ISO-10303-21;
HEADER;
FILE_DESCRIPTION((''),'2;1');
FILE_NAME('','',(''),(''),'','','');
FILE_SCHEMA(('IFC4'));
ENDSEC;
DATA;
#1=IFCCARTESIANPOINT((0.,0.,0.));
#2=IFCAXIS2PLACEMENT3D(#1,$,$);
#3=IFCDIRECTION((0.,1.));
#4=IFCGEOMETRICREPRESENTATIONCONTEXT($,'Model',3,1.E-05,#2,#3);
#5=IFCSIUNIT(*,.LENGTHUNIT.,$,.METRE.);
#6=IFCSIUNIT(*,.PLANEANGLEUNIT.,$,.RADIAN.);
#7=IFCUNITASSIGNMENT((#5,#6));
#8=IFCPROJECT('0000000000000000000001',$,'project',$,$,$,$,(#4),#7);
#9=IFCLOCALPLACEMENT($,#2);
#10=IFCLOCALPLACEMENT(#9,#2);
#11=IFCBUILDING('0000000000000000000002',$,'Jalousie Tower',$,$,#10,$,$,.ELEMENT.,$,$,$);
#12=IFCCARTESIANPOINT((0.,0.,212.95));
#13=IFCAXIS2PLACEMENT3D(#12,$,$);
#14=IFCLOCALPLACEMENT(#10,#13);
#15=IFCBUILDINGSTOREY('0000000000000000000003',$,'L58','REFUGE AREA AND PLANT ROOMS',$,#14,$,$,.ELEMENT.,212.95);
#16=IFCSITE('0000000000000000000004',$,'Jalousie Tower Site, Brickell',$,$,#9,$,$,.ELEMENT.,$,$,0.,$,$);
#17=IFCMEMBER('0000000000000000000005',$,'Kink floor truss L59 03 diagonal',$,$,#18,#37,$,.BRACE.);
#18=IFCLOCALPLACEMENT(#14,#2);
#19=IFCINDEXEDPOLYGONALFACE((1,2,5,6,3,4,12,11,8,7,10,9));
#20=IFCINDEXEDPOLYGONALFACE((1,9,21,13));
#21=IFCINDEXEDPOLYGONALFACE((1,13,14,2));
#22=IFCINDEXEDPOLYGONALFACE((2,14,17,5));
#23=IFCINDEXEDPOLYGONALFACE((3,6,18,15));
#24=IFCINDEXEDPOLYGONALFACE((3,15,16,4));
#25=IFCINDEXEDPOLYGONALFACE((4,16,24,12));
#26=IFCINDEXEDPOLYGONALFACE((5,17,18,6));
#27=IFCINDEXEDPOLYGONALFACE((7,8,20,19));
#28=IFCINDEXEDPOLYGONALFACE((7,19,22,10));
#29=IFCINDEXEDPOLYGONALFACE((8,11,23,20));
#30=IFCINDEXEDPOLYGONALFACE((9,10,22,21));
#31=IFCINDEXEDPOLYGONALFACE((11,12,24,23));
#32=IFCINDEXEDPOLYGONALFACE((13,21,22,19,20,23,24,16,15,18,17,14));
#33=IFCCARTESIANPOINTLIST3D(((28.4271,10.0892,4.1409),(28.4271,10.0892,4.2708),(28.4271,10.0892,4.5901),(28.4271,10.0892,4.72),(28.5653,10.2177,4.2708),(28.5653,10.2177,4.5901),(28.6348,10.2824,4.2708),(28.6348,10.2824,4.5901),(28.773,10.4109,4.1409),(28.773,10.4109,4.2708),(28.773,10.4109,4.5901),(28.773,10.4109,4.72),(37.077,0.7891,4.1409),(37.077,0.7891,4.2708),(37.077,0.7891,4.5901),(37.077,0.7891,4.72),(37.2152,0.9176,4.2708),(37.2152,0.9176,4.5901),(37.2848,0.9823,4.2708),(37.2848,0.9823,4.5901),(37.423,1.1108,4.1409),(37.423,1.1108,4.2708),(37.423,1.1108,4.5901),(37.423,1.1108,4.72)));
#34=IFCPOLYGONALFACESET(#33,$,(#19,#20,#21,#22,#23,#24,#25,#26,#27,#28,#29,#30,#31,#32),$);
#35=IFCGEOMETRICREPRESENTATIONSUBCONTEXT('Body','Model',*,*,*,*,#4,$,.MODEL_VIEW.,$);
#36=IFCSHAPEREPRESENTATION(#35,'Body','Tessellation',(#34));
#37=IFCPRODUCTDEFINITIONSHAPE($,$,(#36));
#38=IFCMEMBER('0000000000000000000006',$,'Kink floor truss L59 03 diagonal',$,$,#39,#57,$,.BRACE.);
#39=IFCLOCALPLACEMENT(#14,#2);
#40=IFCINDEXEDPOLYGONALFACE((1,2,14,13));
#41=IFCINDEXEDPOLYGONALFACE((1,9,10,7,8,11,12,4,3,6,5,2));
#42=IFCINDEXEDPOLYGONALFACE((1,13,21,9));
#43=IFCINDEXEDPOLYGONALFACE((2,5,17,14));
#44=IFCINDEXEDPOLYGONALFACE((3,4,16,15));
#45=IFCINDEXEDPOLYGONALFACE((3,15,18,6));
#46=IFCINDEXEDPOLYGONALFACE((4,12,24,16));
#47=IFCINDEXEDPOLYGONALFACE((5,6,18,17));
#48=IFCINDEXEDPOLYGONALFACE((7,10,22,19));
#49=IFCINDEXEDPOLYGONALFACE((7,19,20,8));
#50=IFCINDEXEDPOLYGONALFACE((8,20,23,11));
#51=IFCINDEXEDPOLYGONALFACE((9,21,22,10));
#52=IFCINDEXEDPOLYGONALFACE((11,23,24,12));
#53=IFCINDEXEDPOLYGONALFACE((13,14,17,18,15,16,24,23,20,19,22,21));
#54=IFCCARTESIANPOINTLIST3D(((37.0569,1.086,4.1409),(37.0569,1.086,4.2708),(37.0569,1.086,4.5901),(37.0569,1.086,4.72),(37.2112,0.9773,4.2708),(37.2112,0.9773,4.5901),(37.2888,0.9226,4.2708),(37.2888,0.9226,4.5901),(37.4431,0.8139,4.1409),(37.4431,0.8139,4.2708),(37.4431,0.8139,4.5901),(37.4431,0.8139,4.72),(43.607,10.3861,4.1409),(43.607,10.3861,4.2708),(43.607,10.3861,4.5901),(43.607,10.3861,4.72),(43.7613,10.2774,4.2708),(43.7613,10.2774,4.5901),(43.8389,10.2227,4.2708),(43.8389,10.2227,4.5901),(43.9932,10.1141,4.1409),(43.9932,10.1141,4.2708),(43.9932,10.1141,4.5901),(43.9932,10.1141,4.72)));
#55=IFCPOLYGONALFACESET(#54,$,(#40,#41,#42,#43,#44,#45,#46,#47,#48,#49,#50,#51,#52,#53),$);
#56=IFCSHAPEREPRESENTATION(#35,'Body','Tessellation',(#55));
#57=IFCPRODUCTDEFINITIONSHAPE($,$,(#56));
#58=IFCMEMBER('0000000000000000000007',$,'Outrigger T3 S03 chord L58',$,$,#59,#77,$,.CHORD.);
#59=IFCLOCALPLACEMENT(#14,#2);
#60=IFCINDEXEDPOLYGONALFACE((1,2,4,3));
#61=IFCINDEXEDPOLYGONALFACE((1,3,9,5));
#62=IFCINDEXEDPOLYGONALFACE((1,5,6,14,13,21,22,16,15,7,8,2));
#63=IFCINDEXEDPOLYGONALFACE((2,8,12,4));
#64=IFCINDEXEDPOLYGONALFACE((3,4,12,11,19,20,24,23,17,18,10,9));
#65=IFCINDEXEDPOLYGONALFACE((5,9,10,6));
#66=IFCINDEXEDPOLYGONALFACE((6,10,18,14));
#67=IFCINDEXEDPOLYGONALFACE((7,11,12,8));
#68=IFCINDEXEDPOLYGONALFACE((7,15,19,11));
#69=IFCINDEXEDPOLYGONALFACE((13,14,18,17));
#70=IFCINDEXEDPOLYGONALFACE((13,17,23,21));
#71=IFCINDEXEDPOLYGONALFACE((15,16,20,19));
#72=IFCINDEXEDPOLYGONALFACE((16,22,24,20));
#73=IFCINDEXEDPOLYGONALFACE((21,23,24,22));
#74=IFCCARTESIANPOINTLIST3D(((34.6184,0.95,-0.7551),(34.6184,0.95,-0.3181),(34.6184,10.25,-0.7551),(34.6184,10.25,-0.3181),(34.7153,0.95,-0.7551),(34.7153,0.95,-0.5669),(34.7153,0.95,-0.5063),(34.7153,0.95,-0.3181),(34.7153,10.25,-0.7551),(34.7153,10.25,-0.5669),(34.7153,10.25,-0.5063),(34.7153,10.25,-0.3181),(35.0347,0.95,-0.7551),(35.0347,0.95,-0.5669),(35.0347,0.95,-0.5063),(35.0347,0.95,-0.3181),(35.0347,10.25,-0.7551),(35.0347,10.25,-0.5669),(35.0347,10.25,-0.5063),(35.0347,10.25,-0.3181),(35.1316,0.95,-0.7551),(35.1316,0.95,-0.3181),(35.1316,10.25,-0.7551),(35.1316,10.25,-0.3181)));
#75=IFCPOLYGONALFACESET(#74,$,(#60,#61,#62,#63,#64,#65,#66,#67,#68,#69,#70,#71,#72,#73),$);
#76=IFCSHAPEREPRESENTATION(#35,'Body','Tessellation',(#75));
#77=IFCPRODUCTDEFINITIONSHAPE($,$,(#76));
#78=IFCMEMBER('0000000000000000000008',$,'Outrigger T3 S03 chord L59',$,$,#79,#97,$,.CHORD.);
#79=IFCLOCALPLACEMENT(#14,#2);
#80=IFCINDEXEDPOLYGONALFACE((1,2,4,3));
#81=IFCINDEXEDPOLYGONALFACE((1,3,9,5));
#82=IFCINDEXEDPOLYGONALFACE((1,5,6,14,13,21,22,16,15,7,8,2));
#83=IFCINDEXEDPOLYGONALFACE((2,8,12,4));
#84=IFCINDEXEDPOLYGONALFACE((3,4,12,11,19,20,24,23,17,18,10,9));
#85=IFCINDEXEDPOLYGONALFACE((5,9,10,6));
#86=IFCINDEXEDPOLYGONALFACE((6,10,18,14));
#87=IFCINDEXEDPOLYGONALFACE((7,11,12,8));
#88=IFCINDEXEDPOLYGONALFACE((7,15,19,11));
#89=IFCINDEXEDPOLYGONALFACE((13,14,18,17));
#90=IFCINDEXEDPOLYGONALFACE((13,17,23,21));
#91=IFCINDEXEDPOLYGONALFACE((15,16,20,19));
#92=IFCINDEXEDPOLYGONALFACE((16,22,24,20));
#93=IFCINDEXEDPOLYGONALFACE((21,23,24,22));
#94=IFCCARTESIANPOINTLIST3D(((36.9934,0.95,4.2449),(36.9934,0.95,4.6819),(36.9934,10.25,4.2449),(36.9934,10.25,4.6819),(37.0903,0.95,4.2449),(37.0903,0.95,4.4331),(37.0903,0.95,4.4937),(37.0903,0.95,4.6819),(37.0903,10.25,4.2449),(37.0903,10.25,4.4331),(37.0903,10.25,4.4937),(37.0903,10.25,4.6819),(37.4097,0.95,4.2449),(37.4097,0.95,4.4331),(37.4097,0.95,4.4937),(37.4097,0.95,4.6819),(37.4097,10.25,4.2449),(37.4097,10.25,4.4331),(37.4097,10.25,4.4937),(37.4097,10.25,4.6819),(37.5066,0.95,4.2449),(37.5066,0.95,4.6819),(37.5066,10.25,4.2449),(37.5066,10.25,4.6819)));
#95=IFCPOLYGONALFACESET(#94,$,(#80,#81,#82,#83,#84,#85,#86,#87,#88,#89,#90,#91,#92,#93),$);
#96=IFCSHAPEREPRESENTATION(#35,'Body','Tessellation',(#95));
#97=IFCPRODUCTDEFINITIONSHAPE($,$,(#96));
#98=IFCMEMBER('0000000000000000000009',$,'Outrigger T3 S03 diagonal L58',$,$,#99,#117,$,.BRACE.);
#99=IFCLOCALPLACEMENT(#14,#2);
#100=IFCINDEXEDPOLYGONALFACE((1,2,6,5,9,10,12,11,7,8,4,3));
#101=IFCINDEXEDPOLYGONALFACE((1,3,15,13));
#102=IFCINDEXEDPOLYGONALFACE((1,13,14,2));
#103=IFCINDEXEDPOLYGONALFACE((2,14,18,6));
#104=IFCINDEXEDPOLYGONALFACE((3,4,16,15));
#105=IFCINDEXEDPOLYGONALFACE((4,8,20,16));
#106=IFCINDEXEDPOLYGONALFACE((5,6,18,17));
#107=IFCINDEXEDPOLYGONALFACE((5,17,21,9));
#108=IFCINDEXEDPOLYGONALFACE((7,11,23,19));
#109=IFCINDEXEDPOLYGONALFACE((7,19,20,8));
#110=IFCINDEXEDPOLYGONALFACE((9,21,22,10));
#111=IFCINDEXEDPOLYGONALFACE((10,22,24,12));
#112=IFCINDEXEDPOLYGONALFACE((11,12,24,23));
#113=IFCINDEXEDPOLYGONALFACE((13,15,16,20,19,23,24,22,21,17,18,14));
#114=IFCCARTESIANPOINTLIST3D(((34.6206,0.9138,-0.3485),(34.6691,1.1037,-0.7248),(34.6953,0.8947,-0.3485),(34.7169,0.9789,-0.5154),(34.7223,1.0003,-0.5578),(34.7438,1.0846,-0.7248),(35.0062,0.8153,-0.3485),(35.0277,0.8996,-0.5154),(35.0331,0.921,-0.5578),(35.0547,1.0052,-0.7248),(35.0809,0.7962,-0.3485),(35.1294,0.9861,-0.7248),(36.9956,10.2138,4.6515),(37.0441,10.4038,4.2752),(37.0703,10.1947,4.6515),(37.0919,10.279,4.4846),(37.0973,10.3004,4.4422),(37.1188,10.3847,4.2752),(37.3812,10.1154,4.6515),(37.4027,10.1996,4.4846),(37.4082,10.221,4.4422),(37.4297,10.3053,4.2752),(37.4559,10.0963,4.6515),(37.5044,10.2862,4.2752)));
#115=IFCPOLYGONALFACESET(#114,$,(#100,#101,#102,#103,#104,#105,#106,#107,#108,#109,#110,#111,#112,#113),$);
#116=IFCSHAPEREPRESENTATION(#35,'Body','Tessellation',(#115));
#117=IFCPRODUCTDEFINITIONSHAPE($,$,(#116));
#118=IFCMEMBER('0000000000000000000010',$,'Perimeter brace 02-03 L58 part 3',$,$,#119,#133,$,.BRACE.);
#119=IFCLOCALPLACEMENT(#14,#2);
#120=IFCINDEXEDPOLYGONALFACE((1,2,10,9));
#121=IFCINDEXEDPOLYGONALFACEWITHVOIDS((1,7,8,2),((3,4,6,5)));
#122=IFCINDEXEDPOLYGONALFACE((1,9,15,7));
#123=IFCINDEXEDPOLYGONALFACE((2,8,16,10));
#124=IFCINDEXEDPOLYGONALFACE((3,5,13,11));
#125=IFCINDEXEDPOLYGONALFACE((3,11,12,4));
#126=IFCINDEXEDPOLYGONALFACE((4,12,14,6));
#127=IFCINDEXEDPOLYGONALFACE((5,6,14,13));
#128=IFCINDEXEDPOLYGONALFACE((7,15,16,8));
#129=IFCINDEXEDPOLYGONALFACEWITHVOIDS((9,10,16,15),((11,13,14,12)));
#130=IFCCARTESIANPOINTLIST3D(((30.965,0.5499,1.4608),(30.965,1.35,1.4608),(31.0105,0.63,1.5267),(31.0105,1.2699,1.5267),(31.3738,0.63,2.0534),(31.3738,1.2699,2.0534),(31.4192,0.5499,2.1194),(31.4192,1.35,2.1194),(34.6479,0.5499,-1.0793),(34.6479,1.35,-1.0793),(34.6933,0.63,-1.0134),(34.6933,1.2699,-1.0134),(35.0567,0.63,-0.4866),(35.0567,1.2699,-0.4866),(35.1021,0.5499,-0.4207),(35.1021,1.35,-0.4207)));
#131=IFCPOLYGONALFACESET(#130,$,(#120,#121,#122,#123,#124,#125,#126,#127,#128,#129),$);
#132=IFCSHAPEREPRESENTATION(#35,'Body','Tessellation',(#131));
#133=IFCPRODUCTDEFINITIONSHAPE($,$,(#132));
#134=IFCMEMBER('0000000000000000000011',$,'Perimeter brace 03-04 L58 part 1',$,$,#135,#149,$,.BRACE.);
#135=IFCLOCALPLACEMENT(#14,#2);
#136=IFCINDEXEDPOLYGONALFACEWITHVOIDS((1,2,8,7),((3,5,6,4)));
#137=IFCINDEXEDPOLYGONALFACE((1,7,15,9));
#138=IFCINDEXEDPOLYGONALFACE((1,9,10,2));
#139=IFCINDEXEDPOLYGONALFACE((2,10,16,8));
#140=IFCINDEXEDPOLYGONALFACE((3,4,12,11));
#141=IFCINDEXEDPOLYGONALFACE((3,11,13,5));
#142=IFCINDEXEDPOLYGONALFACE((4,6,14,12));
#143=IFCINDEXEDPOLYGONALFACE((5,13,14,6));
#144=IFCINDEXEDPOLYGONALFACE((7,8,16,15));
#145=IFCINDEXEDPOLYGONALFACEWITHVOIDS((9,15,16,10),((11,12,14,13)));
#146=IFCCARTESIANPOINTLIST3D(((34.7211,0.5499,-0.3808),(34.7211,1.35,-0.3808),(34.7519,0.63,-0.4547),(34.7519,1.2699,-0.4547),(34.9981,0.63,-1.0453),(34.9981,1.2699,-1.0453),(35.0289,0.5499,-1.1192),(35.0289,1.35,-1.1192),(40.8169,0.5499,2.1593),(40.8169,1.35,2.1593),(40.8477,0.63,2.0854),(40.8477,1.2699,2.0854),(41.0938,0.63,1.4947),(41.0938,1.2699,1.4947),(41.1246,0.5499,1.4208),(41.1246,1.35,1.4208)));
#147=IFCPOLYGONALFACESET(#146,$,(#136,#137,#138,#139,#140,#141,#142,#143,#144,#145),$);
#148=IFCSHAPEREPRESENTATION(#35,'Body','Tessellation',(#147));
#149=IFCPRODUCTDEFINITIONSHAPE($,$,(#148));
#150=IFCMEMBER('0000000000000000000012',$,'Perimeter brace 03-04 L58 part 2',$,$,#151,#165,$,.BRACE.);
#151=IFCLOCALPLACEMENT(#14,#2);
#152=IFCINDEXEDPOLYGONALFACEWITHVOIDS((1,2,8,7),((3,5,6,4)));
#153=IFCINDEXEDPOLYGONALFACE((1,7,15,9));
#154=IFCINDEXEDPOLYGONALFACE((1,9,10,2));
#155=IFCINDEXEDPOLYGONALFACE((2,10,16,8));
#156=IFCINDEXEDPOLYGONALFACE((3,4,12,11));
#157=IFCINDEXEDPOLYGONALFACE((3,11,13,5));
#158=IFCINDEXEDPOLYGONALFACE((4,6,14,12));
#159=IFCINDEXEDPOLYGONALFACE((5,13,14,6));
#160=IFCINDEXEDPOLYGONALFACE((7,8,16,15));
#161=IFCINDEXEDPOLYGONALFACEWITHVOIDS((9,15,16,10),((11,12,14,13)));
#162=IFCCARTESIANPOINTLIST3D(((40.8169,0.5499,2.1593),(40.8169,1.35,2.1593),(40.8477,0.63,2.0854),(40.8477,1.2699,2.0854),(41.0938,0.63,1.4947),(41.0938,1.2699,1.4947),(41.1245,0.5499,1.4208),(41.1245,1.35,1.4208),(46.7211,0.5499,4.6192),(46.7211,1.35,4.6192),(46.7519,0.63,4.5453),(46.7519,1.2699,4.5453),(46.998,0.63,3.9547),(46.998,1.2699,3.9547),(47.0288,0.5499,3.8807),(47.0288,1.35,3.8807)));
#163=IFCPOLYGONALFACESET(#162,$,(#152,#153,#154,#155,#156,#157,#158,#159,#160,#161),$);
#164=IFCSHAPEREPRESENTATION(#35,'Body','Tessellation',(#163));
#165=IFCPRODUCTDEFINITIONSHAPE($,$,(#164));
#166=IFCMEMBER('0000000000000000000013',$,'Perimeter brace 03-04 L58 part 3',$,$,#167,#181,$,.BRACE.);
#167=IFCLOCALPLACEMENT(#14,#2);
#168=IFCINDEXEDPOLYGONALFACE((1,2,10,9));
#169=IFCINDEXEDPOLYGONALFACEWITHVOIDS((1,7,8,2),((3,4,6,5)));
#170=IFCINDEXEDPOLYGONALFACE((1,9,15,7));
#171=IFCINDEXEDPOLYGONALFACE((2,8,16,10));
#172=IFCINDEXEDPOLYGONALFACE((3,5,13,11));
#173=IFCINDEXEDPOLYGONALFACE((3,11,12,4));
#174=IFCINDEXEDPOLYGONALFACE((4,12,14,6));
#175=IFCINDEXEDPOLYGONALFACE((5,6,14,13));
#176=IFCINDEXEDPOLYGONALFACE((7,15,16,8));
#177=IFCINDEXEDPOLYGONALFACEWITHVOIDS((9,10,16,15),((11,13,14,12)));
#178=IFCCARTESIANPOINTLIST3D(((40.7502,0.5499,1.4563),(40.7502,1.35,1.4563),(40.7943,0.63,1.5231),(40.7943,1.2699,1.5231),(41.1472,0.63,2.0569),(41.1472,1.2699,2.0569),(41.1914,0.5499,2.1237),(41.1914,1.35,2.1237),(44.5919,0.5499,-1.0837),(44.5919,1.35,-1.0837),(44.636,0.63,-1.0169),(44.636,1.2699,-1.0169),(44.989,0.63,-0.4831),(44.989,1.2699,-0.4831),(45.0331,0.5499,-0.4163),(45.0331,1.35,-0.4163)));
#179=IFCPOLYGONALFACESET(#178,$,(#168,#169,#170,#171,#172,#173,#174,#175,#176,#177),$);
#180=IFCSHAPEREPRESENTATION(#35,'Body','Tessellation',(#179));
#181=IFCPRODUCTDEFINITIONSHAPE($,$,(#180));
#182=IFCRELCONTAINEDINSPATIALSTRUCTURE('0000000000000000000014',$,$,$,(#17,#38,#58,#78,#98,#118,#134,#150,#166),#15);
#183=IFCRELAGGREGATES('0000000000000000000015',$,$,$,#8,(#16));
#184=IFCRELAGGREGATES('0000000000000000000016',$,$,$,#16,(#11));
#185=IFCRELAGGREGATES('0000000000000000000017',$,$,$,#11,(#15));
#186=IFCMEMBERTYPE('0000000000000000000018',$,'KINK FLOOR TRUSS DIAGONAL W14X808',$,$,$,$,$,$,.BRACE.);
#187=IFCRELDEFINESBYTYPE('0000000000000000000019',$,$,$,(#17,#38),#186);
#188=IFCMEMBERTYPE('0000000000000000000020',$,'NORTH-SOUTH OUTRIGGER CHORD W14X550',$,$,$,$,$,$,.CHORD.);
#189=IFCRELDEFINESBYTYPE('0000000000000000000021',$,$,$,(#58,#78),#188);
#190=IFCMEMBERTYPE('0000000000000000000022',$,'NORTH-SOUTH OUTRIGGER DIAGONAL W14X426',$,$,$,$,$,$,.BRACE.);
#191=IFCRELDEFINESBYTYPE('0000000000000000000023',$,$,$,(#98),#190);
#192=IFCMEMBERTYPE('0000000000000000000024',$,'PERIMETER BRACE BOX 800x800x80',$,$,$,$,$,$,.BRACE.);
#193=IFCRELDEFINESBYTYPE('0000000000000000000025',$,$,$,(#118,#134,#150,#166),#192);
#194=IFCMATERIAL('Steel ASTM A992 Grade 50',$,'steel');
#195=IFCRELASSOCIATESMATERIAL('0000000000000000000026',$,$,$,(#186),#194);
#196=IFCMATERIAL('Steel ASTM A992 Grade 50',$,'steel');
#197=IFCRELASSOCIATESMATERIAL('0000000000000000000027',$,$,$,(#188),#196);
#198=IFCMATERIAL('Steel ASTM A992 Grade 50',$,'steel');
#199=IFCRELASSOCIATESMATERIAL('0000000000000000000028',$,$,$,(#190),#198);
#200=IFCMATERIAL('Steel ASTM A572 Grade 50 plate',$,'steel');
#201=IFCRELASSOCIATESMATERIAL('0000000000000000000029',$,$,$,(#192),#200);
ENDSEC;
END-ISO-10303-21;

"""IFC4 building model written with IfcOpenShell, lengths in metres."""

from ifc_helpers import new_model, si_unit, direction, frame, origin, origin_2d, place, context, subcontext, project, spatial, hollow_rectangle, i_section, extrude, material, material_profile, profile_set, type_object, element, save


model = new_model("IFC4")

# Units and contexts
model_context = context("Model", 3, precision=1e-05, world=origin(), true_north=direction((0.0, 1.0)))
body_context = subcontext(model_context, "Body", "Model", "MODEL_VIEW")
ifc_project = project(units=[si_unit("LENGTHUNIT", "METRE"), si_unit("PLANEANGLEUNIT", "RADIAN")], contexts=[model_context])

# Site, building, storey
site_placement = place(None, origin())
site = spatial("IfcSite", under=ifc_project, at=site_placement, Name="Jalousie Tower Site, Brickell", CompositionType="ELEMENT", RefElevation=0.0)
building_placement = place(site_placement, origin())
building = spatial("IfcBuilding", under=site, at=building_placement, Name="Jalousie Tower", CompositionType="ELEMENT")
storey_placement = place(building_placement, frame((0.0, 0.0, 212.95)))
storey = spatial("IfcBuildingStorey", under=building, at=storey_placement, Name="L58", Description="REFUGE AREA AND PLANT ROOMS", CompositionType="ELEMENT", Elevation=212.95)

# Members
ifc_material_1 = material(Name="Steel ASTM A992 Grade 50", Category="steel")
ifc_material_profile_1 = material_profile(ifc_material_1, i_section(OverallWidth=0.4724, OverallDepth=0.5791, WebThickness=0.095, FlangeThickness=0.1299, at=origin_2d()), Name="W14X808")
ifc_profile_set_1 = profile_set([ifc_material_profile_1], Name="Steel ASTM A992 Grade 50")
member_type_1 = type_object("IfcMemberType", Name="KINK FLOOR TRUSS DIAGONAL W14X808", PredefinedType="BRACE", material=ifc_profile_set_1)
member_1_placement = place(storey_placement, frame((37.25, 0.95, 4.4304), z_axis=(-0.681049, 0.732238, 0.0), x_axis=(-0.732238, -0.681049, 0.0)))
element("IfcMember", 1, at=member_1_placement, inside=storey, type_object=member_type_1, Name="Kink floor truss L59 03 diagonal", PredefinedType="BRACE", context=body_context, shape_type="SweptSolid", body=[
    extrude(i_section(OverallWidth=0.4724, OverallDepth=0.5791, WebThickness=0.095, FlangeThickness=0.1299, at=origin_2d()), origin(), (0.0, 0.0, 1.0), 12.7009),
])
member_2_placement = place(storey_placement, frame((37.25, 0.95, 4.4304), z_axis=(0.575821, 0.817576, 0.0), x_axis=(-0.817576, 0.575821, 0.0)))
element("IfcMember", 2, at=member_2_placement, inside=storey, type_object=member_type_1, Name="Kink floor truss L59 03 diagonal", PredefinedType="BRACE", context=body_context, shape_type="SweptSolid", body=[
    extrude(i_section(OverallWidth=0.4724, OverallDepth=0.5791, WebThickness=0.095, FlangeThickness=0.1299, at=origin_2d()), origin(), (0.0, 0.0, 1.0), 11.3752),
])
ifc_material_2 = material(Name="Steel ASTM A992 Grade 50", Category="steel")
ifc_material_profile_2 = material_profile(ifc_material_2, i_section(OverallWidth=0.437, OverallDepth=0.5132, WebThickness=0.0605, FlangeThickness=0.0969, at=origin_2d()), Name="W14X550")
ifc_profile_set_2 = profile_set([ifc_material_profile_2], Name="Steel ASTM A992 Grade 50")
member_type_2 = type_object("IfcMemberType", Name="NORTH-SOUTH OUTRIGGER CHORD W14X550", PredefinedType="CHORD", material=ifc_profile_set_2)
for number, where, z_axis, x_axis, name in (
    (3, (34.875, 0.95, -0.5366), (0.0, 1.0, 0.0), (0.0, 0.0, 1.0), "Outrigger T3 S03 chord L58"),
    (4, (37.25, 0.95, 4.4634), (0.0, 1.0, 0.0), (0.0, 0.0, 1.0), "Outrigger T3 S03 chord L59"),
):
    element("IfcMember", number, at=place(storey_placement, frame(where, z_axis=z_axis, x_axis=x_axis)), inside=storey, type_object=member_type_2, Name=name, PredefinedType="CHORD", context=body_context, shape_type="SweptSolid", body=[
        extrude(i_section(OverallWidth=0.437, OverallDepth=0.5132, WebThickness=0.0605, FlangeThickness=0.0969, at=origin_2d()), origin(), (0.0, 0.0, 1.0), 9.3),
    ])
ifc_material_3 = material(Name="Steel ASTM A992 Grade 50", Category="steel")
ifc_material_profile_3 = material_profile(ifc_material_3, i_section(OverallWidth=0.4243, OverallDepth=0.4751, WebThickness=0.0479, FlangeThickness=0.0771, at=origin_2d()), Name="W14X426")
ifc_profile_set_3 = profile_set([ifc_material_profile_3], Name="Steel ASTM A992 Grade 50")
member_type_3 = type_object("IfcMemberType", Name="NORTH-SOUTH OUTRIGGER DIAGONAL W14X426", PredefinedType="BRACE", material=ifc_profile_set_3)
member_3_placement = place(storey_placement, frame((34.875, 0.95, -0.5366), z_axis=(0.219446, 0.859307, 0.461991), x_axis=(-0.114312, -0.447625, 0.886885)))
element("IfcMember", 5, at=member_3_placement, inside=storey, type_object=member_type_3, Name="Outrigger T3 S03 diagonal L58", PredefinedType="BRACE", context=body_context, shape_type="SweptSolid", body=[
    extrude(i_section(OverallWidth=0.4243, OverallDepth=0.4751, WebThickness=0.0479, FlangeThickness=0.0771, at=origin_2d()), origin(), (0.0, 0.0, 1.0), 10.8228),
])
ifc_material_4 = material(Name="Steel ASTM A572 Grade 50 plate", Category="steel")
ifc_material_profile_4 = material_profile(ifc_material_4, hollow_rectangle(XDim=0.8, YDim=0.8, WallThickness=0.0801, at=origin_2d()), Name="BOX 800x800x80")
ifc_profile_set_4 = profile_set([ifc_material_profile_4], Name="Steel ASTM A572 Grade 50 plate")
member_type_4 = type_object("IfcMemberType", Name="PERIMETER BRACE BOX 800x800x80", PredefinedType="BRACE", material=ifc_profile_set_4)
member_4_placement = place(storey_placement, frame((34.875, 0.95, -0.75), z_axis=(-0.823199, 0.0, 0.567753), x_axis=(0.0, -1.0, 0.0)))
element("IfcMember", 6, at=member_4_placement, inside=storey, type_object=member_type_4, Name="Perimeter brace 02-03 L58 part 3", PredefinedType="BRACE", context=body_context, shape_type="SweptSolid", body=[
    extrude(hollow_rectangle(XDim=0.8, YDim=0.8, WallThickness=0.0801, at=origin_2d()), origin(), (0.0, 0.0, 1.0), 4.4739),
])
member_5_placement = place(storey_placement, frame((34.875, 0.95, -0.75), z_axis=(0.923068, 0.0, 0.384636), x_axis=(0.0, 1.0, 0.0)))
element("IfcMember", 7, at=member_5_placement, inside=storey, type_object=member_type_4, Name="Perimeter brace 03-04 L58 part 1", PredefinedType="BRACE", context=body_context, shape_type="SweptSolid", body=[
    extrude(hollow_rectangle(XDim=0.8, YDim=0.8, WallThickness=0.0801, at=origin_2d()), origin(), (0.0, 0.0, 1.0), 6.6038),
])
member_6_placement = place(storey_placement, frame((40.9707, 0.95, 1.79), z_axis=(0.923086, 0.0, 0.384594), x_axis=(0.0, 1.0, 0.0)))
element("IfcMember", 8, at=member_6_placement, inside=storey, type_object=member_type_4, Name="Perimeter brace 03-04 L58 part 2", PredefinedType="BRACE", context=body_context, shape_type="SweptSolid", body=[
    extrude(hollow_rectangle(XDim=0.8, YDim=0.8, WallThickness=0.0801, at=origin_2d()), origin(), (0.0, 0.0, 1.0), 6.3962),
])
member_7_placement = place(storey_placement, frame((44.8125, 0.95, -0.75), z_axis=(-0.834165, 0.0, 0.551516), x_axis=(0.0, -1.0, 0.0)))
element("IfcMember", 9, at=member_7_placement, inside=storey, type_object=member_type_4, Name="Perimeter brace 03-04 L58 part 3", PredefinedType="BRACE", context=body_context, shape_type="SweptSolid", body=[
    extrude(hollow_rectangle(XDim=0.8, YDim=0.8, WallThickness=0.0801, at=origin_2d()), origin(), (0.0, 0.0, 1.0), 4.6055),
])

save(model, "model.ifc")
